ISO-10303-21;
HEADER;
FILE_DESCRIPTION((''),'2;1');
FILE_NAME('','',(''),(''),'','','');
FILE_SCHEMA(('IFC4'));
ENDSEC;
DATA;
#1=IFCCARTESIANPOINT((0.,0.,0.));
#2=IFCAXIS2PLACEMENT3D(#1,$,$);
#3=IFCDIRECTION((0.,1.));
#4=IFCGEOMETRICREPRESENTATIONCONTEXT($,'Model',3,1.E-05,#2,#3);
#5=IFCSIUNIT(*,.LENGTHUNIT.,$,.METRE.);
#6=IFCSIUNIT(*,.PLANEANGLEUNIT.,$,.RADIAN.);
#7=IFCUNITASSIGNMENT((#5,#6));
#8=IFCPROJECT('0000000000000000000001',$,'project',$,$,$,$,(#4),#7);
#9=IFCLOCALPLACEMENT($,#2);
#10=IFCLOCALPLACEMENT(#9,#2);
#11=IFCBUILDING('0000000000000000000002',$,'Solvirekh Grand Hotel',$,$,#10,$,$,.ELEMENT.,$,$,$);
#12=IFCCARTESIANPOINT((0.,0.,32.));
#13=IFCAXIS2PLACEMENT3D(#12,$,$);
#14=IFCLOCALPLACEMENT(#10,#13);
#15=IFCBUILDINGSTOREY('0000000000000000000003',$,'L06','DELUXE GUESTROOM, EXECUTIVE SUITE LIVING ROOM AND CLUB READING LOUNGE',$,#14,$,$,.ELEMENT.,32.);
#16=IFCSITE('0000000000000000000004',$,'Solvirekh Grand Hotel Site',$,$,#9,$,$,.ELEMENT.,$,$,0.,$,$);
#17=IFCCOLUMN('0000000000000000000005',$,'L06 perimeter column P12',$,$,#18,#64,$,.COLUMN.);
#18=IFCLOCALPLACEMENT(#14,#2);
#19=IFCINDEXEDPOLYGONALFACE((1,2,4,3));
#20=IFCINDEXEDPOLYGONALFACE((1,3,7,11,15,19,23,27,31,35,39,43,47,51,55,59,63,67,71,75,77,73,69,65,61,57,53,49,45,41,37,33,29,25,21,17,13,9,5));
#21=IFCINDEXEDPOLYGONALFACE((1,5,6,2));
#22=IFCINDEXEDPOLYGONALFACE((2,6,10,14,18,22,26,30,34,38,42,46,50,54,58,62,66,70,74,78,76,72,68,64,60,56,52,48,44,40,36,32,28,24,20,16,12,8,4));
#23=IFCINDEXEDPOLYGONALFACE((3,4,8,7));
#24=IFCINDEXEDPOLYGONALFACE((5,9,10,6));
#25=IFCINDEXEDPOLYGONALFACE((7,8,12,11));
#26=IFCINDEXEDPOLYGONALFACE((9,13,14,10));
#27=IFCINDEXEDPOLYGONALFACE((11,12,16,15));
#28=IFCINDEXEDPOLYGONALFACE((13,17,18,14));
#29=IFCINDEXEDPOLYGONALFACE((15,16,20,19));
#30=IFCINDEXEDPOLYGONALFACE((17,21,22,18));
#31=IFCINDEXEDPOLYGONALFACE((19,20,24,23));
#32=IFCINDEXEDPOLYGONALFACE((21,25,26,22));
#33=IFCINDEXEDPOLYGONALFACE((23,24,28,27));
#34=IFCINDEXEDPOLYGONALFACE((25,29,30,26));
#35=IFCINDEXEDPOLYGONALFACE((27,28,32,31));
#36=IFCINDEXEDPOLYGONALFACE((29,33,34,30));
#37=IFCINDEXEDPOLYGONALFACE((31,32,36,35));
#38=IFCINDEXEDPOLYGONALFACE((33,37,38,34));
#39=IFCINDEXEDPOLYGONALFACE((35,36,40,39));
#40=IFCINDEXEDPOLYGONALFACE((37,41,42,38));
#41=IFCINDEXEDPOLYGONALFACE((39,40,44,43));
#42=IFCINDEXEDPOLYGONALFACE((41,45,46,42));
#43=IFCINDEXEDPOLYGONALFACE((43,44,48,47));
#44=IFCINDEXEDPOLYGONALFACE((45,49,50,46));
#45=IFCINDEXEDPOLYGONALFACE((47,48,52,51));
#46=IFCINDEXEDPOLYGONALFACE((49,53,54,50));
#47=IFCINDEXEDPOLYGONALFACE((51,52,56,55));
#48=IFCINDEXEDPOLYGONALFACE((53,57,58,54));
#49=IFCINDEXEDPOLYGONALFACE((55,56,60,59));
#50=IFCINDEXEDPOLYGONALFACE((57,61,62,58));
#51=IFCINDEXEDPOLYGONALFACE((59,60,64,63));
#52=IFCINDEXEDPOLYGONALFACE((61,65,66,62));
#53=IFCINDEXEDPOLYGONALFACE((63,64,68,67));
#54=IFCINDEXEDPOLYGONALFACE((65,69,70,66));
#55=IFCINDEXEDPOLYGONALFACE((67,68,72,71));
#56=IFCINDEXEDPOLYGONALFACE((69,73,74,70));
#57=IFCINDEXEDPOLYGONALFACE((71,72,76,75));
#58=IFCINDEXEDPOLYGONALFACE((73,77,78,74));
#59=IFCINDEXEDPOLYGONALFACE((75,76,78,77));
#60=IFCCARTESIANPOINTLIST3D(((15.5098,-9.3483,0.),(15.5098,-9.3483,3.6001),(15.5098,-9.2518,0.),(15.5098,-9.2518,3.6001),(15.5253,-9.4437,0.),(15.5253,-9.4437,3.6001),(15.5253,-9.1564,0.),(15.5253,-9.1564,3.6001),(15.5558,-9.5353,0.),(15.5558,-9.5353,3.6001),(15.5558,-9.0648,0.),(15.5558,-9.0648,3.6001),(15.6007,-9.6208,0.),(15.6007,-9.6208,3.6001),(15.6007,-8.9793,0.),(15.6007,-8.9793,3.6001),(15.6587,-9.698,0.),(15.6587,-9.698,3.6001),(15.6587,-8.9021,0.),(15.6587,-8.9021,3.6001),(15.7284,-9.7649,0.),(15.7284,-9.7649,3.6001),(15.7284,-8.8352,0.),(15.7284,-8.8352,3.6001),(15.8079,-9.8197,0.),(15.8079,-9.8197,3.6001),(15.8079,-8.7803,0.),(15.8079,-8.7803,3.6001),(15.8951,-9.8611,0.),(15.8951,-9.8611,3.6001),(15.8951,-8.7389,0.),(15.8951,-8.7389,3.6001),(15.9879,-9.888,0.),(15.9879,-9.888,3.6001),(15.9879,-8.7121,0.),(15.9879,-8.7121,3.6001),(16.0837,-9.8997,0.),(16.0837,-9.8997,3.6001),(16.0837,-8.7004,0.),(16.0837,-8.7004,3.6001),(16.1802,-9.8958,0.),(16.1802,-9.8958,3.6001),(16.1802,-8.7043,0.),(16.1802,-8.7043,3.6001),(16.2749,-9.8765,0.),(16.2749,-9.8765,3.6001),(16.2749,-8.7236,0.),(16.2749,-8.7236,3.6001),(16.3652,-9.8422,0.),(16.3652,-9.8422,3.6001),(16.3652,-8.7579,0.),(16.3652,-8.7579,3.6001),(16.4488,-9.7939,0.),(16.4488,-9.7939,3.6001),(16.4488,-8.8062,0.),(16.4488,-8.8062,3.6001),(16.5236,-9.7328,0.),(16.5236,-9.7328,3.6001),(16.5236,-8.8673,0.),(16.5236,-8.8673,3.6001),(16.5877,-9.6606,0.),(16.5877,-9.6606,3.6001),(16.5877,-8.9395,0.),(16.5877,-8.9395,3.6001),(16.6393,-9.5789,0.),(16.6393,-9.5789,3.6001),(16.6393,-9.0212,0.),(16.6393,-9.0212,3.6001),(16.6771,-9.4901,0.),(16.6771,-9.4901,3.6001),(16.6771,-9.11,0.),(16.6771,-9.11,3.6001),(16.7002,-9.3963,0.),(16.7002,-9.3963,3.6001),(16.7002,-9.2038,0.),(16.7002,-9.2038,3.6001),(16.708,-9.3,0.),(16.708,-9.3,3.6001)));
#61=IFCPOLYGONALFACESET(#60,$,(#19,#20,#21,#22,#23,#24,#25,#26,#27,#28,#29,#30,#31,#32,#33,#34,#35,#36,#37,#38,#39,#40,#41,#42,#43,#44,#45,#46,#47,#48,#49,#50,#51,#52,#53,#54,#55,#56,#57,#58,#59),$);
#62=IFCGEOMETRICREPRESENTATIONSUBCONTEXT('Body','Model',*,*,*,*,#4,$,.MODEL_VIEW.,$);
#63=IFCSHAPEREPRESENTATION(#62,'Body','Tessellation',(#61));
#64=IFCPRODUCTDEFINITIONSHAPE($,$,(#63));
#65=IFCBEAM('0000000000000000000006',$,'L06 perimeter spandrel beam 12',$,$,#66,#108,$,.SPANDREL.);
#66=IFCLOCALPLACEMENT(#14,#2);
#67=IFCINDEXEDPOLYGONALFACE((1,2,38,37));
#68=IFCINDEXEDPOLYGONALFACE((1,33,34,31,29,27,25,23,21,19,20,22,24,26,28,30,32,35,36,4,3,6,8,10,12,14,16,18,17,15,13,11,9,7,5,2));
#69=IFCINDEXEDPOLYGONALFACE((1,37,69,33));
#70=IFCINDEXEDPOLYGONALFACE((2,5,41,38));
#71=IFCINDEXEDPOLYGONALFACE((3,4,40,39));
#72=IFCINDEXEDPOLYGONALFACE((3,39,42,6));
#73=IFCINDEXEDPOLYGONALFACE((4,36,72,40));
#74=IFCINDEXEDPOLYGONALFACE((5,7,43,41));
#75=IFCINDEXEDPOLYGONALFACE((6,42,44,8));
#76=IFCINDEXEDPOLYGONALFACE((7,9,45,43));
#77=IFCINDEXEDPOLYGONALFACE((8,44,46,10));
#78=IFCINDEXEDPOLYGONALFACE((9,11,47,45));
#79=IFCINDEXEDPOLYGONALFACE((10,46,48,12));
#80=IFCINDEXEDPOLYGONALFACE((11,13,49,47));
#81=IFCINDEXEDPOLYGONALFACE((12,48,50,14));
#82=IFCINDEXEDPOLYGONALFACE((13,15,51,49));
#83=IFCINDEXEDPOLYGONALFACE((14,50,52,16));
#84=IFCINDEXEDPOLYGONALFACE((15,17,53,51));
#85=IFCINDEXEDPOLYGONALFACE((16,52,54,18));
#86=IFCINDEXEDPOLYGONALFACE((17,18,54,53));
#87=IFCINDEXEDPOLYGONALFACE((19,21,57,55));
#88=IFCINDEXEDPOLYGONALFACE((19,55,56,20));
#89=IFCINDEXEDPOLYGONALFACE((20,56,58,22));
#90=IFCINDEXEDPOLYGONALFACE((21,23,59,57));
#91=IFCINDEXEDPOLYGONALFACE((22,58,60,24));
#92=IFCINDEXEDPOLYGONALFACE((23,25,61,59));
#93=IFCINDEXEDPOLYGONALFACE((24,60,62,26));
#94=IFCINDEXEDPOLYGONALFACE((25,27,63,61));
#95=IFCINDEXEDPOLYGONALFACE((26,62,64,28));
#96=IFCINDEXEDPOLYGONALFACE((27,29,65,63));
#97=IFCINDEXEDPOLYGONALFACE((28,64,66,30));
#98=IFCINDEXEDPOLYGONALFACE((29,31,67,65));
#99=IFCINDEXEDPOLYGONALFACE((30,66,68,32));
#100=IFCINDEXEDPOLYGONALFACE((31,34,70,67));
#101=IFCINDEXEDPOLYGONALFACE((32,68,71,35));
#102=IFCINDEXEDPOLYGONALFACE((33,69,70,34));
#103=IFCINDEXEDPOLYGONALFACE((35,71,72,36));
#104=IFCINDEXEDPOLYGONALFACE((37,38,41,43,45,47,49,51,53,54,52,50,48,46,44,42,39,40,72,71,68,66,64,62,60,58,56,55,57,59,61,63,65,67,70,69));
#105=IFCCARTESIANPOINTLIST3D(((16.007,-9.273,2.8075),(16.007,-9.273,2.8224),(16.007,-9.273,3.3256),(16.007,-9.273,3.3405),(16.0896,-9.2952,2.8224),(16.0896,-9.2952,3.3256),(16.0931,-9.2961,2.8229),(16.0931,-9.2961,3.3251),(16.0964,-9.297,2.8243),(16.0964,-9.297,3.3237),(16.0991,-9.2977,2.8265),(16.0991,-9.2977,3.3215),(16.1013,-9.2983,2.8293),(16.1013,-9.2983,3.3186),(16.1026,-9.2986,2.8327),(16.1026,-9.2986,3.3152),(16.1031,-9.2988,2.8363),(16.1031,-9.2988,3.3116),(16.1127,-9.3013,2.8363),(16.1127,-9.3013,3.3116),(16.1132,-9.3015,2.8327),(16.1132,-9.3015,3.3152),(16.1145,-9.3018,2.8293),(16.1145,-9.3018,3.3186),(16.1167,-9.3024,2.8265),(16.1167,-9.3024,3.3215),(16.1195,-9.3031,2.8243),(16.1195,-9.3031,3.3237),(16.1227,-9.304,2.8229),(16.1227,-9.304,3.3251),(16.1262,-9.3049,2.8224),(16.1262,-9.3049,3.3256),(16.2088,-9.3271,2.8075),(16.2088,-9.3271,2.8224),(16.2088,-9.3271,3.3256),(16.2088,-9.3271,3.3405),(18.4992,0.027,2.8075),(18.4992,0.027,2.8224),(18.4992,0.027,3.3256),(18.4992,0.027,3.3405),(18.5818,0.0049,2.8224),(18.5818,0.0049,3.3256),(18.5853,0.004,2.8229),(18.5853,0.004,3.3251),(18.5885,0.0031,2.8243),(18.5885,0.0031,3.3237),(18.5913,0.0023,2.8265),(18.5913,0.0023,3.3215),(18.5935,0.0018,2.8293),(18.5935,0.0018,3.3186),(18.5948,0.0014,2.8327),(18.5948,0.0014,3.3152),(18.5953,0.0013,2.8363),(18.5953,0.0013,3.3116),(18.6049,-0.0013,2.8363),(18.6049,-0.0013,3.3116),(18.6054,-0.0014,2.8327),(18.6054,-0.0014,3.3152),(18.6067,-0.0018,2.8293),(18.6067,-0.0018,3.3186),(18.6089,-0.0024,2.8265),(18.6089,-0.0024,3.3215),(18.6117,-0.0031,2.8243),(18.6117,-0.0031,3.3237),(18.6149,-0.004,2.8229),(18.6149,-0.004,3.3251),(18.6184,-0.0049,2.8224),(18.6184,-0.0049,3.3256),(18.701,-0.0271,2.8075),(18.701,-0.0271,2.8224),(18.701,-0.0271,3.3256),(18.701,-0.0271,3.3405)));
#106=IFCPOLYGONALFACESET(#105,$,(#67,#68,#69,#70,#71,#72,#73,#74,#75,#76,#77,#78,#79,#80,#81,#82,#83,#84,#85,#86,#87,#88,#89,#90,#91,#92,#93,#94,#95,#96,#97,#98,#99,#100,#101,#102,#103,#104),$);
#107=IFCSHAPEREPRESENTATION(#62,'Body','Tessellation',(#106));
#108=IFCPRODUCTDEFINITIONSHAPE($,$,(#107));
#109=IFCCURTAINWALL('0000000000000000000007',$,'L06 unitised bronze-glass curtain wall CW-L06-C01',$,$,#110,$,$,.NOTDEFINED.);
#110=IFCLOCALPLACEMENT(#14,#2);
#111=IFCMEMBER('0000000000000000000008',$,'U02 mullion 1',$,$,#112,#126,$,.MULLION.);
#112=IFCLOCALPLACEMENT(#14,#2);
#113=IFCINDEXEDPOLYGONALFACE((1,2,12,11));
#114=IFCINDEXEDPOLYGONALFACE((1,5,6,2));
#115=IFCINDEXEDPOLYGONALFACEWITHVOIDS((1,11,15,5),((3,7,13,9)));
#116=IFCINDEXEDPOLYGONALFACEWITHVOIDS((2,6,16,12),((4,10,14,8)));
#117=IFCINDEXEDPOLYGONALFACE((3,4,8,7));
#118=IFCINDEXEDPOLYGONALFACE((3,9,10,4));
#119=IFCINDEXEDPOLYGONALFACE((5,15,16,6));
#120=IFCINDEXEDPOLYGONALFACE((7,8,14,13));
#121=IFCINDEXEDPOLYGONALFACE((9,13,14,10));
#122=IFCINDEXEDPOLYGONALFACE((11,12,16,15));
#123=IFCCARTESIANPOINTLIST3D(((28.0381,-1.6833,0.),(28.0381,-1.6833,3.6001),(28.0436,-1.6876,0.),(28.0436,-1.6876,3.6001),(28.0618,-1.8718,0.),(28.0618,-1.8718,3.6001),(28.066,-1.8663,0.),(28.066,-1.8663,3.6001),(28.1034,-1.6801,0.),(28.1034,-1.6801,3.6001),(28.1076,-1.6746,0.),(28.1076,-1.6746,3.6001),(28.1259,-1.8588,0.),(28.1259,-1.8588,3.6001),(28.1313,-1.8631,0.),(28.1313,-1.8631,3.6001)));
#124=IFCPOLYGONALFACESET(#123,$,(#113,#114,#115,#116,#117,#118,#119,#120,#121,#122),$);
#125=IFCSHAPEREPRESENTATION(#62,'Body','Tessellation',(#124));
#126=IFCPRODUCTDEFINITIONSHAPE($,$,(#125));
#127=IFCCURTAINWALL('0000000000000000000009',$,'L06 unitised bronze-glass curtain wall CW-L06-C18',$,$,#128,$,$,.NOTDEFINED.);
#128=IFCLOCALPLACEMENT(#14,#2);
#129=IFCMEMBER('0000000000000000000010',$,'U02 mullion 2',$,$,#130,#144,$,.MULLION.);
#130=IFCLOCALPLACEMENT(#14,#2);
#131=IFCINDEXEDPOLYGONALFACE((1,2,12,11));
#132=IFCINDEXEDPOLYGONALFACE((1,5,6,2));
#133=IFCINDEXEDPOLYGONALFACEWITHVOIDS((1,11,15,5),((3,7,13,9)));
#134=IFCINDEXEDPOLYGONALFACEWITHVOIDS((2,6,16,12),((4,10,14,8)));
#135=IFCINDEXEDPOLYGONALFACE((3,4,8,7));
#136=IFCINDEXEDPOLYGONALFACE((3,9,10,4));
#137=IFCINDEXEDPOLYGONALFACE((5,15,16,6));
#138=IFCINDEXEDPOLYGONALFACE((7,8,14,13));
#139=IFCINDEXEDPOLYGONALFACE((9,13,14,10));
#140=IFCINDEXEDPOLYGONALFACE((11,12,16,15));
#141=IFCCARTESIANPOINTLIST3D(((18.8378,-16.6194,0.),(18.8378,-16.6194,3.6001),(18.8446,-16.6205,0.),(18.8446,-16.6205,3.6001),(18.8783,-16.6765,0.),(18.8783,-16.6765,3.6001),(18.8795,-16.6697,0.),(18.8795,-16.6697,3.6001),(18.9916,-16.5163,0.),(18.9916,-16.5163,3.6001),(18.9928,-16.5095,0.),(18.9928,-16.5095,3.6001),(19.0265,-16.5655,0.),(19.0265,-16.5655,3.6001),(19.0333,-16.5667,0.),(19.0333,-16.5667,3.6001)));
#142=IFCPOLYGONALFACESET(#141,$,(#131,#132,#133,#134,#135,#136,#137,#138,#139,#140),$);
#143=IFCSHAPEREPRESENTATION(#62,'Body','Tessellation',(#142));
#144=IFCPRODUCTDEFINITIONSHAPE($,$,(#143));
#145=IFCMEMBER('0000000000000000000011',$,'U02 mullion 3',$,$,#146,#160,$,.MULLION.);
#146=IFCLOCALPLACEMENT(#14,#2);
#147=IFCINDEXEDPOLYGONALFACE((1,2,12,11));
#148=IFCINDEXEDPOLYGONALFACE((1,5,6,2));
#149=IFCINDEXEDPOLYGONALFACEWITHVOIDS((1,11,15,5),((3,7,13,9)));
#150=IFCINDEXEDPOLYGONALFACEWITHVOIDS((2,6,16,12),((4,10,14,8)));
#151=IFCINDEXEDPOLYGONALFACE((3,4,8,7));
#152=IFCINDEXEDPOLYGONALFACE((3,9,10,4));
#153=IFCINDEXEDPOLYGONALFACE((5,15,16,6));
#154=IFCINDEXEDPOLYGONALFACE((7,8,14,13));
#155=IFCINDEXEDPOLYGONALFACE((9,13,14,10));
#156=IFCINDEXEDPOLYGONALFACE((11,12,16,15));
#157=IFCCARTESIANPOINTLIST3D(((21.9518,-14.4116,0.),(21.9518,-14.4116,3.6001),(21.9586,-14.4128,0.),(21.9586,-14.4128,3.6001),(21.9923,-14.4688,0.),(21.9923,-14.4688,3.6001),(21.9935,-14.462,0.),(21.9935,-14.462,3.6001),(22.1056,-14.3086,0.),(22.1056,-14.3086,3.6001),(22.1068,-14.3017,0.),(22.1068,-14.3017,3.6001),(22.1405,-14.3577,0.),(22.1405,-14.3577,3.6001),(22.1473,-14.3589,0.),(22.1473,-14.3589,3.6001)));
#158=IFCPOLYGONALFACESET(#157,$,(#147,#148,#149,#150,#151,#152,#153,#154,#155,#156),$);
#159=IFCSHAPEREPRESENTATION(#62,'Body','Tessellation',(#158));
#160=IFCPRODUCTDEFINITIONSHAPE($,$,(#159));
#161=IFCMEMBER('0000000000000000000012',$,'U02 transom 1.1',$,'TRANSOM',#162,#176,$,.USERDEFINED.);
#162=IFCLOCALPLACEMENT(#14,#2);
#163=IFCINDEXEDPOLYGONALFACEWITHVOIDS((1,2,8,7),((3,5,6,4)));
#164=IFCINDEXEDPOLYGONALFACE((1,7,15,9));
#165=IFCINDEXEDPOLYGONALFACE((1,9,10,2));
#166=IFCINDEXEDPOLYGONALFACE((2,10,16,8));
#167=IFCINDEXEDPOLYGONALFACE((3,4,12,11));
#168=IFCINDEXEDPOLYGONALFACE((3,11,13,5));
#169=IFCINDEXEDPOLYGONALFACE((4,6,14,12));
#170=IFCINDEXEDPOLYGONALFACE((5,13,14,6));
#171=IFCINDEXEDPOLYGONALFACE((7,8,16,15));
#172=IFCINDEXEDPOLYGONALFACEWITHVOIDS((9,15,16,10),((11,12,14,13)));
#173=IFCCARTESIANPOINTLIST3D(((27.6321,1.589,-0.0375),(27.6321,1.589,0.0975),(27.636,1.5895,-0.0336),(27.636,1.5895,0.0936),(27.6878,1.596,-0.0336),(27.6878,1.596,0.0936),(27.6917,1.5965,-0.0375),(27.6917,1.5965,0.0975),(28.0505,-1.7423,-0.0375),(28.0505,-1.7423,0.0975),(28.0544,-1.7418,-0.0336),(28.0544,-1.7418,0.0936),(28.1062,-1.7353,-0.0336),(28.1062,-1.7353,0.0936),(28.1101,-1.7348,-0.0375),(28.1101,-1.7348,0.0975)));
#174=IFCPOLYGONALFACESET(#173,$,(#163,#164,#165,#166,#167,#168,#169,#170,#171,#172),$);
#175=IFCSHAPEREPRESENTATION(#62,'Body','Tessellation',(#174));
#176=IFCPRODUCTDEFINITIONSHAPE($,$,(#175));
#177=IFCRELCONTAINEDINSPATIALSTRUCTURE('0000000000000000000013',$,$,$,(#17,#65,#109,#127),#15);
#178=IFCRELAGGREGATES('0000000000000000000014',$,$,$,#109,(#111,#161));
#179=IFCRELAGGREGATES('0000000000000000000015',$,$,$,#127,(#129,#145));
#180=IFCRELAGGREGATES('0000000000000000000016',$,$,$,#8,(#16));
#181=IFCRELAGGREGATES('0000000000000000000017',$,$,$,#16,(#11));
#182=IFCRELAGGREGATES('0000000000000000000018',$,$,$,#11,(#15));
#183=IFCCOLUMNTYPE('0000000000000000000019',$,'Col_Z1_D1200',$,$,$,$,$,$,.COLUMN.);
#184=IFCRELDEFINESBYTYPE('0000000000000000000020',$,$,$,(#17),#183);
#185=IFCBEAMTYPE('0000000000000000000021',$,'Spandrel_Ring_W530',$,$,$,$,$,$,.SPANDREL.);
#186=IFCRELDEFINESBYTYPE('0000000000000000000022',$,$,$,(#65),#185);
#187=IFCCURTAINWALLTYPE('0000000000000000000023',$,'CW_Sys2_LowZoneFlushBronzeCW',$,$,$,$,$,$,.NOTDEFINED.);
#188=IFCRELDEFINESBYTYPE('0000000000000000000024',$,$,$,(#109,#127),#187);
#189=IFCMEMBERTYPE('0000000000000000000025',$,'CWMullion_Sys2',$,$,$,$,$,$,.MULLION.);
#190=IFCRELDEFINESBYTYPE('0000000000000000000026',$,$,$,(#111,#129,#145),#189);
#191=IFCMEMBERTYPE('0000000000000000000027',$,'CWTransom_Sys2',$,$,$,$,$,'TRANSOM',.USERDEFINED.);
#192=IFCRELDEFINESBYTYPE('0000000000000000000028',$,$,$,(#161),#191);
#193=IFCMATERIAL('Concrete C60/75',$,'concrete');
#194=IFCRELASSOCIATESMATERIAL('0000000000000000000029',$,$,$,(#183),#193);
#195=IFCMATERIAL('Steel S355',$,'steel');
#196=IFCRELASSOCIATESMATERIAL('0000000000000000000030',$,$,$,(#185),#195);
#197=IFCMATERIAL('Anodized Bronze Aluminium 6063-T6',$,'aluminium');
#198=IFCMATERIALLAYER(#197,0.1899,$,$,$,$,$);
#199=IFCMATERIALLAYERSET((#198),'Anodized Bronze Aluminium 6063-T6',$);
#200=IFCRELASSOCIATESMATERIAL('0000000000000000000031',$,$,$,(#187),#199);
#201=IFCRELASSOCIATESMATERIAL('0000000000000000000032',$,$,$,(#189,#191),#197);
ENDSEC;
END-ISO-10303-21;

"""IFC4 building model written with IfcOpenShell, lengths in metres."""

from ifc_helpers import new_model, si_unit, direction, frame, origin, origin_2d, place, context, subcontext, project, spatial, hollow_rectangle, circle, i_section, extrude, source, transform, mapped, material, layer, layer_set, material_profile, profile_set, type_object, element, aggregate, save


model = new_model("IFC4")

# Units and contexts
model_context = context("Model", 3, precision=1e-05, world=origin(), true_north=direction((0.0, 1.0)))
body_context = subcontext(model_context, "Body", "Model", "MODEL_VIEW")
ifc_project = project(units=[si_unit("LENGTHUNIT", "METRE"), si_unit("PLANEANGLEUNIT", "RADIAN")], contexts=[model_context])

# Site, building, storey
site_placement = place(None, origin())
site = spatial("IfcSite", under=ifc_project, at=site_placement, Name="Solvirekh Grand Hotel Site", CompositionType="ELEMENT", RefElevation=0.0)
building_placement = place(site_placement, origin())
building = spatial("IfcBuilding", under=site, at=building_placement, Name="Solvirekh Grand Hotel", CompositionType="ELEMENT")
storey_placement = place(building_placement, frame((0.0, 0.0, 32.0)))
storey = spatial("IfcBuildingStorey", under=building, at=storey_placement, Name="L06", Description="DELUXE GUESTROOM, EXECUTIVE SUITE LIVING ROOM AND CLUB READING LOUNGE", CompositionType="ELEMENT", Elevation=32.0)

# Column
ifc_material_1 = material(Name="Concrete C60/75", Category="concrete")
ifc_material_profile_1 = material_profile(ifc_material_1, circle(Radius=0.6001, at=origin_2d()), Name="RC CIRC D1200")
ifc_profile_set_1 = profile_set([ifc_material_profile_1], Name="Concrete C60/75")
column_type = type_object("IfcColumnType", Name="Col_Z1_D1200", PredefinedType="COLUMN", material=ifc_profile_set_1)
column_placement = place(storey_placement, frame((16.1079, -9.3, 0.0), z_axis=(0.0, 0.0, 1.0), x_axis=(1.0, 0.0, 0.0)))
element("IfcColumn", 1, at=column_placement, inside=storey, type_object=column_type, Name="L06 perimeter column P12", PredefinedType="COLUMN", context=body_context, shape_type="SweptSolid", body=[
    extrude(circle(Radius=0.6001, at=origin_2d()), origin(), (0.0, 0.0, 1.0), 3.6001),
])

# Beam
ifc_material_2 = material(Name="Steel S355", Category="steel")
ifc_material_profile_2 = material_profile(ifc_material_2, i_section(OverallWidth=0.209, OverallDepth=0.533, WebThickness=0.01, FlangeThickness=0.0149, FilletRadius=0.0139, at=origin_2d()), Name="W530X92")
ifc_profile_set_2 = profile_set([ifc_material_profile_2], Name="Steel S355")
beam_type = type_object("IfcBeamType", Name="Spandrel_Ring_W530", PredefinedType="SPANDREL", material=ifc_profile_set_2)
beam_placement = place(storey_placement, frame((16.1079, -9.3, 3.074), z_axis=(0.258843, 0.965919, 0.0), x_axis=(-0.965919, 0.258843, 0.0)))
element("IfcBeam", 2, at=beam_placement, inside=storey, type_object=beam_type, Name="L06 perimeter spandrel beam 12", PredefinedType="SPANDREL", context=body_context, shape_type="SweptSolid", body=[
    extrude(i_section(OverallWidth=0.209, OverallDepth=0.533, WebThickness=0.01, FlangeThickness=0.0149, FilletRadius=0.0139, at=origin_2d()), origin(), (0.0, 0.0, 1.0), 9.6282),
])

# Curtain wall, member
ifc_material_3 = material(Name="Anodized Bronze Aluminium 6063-T6", Category="aluminium")
ifc_layer_1 = layer(ifc_material_3, 0.1899)
ifc_layer_set_1 = layer_set([ifc_layer_1], Name="Anodized Bronze Aluminium 6063-T6")
curtain_wall_type = type_object("IfcCurtainWallType", Name="CW_Sys2_LowZoneFlushBronzeCW", PredefinedType="NOTDEFINED", material=ifc_layer_set_1)
curtain_wall_1_placement = place(storey_placement, origin())
curtain_wall_1 = element("IfcCurtainWall", 3, at=curtain_wall_1_placement, inside=storey, type_object=curtain_wall_type, Name="L06 unitised bronze-glass curtain wall CW-L06-C01", PredefinedType="NOTDEFINED")
ifc_material_profile_3 = material_profile(ifc_material_3, hollow_rectangle(XDim=0.0701, YDim=0.1899, WallThickness=0.0049, at=origin_2d()), Name="ALU RHS 190X70X5")
ifc_profile_set_3 = profile_set([ifc_material_profile_3], Name="Anodized Bronze Aluminium 6063-T6")
member_type_1 = type_object("IfcMemberType", Name="CWMullion_Sys2", PredefinedType="MULLION", material=ifc_profile_set_3)
shared_shape_1 = source(origin(), body_context, "Body", "SweptSolid", [
    extrude(hollow_rectangle(XDim=0.0701, YDim=0.1899, WallThickness=0.0049, at=origin_2d()), origin(), (0.0, 0.0, 1.0), 3.6001),
])
member_1_placement = place(storey_placement, frame((28.0847, -1.7732, 0.0), z_axis=(0.0, 0.0, 1.0), x_axis=(-0.992204, -0.124621, 0.0)))
member_1 = element("IfcMember", 4, at=member_1_placement, type_object=member_type_1, Name="U02 mullion 1", PredefinedType="MULLION", context=body_context, shape_type="MappedRepresentation", body=[
    mapped(shared_shape_1, transform((0.0, 0.0, 0.0), x_axis=(1.0, 0.0, 0.0), y_axis=(0.0, 1.0, 0.0), z_axis=(0.0, 0.0, 1.0), scale=1.0)),
])

# Curtain wall, members
curtain_wall_2_placement = place(storey_placement, origin())
curtain_wall_2 = element("IfcCurtainWall", 5, at=curtain_wall_2_placement, inside=storey, type_object=curtain_wall_type, Name="L06 unitised bronze-glass curtain wall CW-L06-C18", PredefinedType="NOTDEFINED")
member_2_placement = place(storey_placement, frame((18.9355, -16.593, 0.0), z_axis=(0.0, 0.0, 1.0), x_axis=(-0.578374, 0.815772, 0.0)))
member_2 = element("IfcMember", 6, at=member_2_placement, type_object=member_type_1, Name="U02 mullion 2", PredefinedType="MULLION", context=body_context, shape_type="MappedRepresentation", body=[
    mapped(shared_shape_1, transform((0.0, 0.0, 0.0), x_axis=(1.0, 0.0, 0.0), y_axis=(0.0, 1.0, 0.0), z_axis=(0.0, 0.0, 1.0), scale=1.0)),
])
member_3_placement = place(storey_placement, frame((22.0496, -14.3853, 0.0), z_axis=(0.0, 0.0, 1.0), x_axis=(-0.578374, 0.815772, 0.0)))
member_3 = element("IfcMember", 7, at=member_3_placement, type_object=member_type_1, Name="U02 mullion 3", PredefinedType="MULLION", context=body_context, shape_type="MappedRepresentation", body=[
    mapped(shared_shape_1, transform((0.0, 0.0, 0.0), x_axis=(1.0, 0.0, 0.0), y_axis=(0.0, 1.0, 0.0), z_axis=(0.0, 0.0, 1.0), scale=1.0)),
])

# Member
ifc_material_profile_4 = material_profile(ifc_material_3, hollow_rectangle(XDim=0.0601, YDim=0.135, WallThickness=0.0039, at=origin_2d()), Name="ALU RHS 135X60X4")
ifc_profile_set_4 = profile_set([ifc_material_profile_4], Name="Anodized Bronze Aluminium 6063-T6")
member_type_2 = type_object("IfcMemberType", Name="CWTransom_Sys2", ElementType="TRANSOM", PredefinedType="USERDEFINED", material=ifc_profile_set_4)
shared_shape_2 = source(origin(), body_context, "Body", "SweptSolid", [
    extrude(hollow_rectangle(XDim=0.0601, YDim=0.135, WallThickness=0.0039, at=origin_2d()), origin(), (0.0, 0.0, 1.0), 3.3574),
])
member_4_placement = place(storey_placement, frame((28.0803, -1.7385, 0.03), z_axis=(-0.124634, 0.992203, 0.0), x_axis=(-0.992203, -0.124634, 0.0)))
member_4 = element("IfcMember", 8, at=member_4_placement, type_object=member_type_2, Name="U02 transom 1.1", ObjectType="TRANSOM", PredefinedType="USERDEFINED", context=body_context, shape_type="MappedRepresentation", body=[
    mapped(shared_shape_2, transform((0.0, 0.0, 0.0), x_axis=(1.0, 0.0, 0.0), y_axis=(0.0, 1.0, 0.0), z_axis=(0.0, 0.0, 1.0), scale=1.0)),
])

aggregate(curtain_wall_1, [member_1, member_4])
aggregate(curtain_wall_2, [member_2, member_3])

save(model, "model.ifc")
